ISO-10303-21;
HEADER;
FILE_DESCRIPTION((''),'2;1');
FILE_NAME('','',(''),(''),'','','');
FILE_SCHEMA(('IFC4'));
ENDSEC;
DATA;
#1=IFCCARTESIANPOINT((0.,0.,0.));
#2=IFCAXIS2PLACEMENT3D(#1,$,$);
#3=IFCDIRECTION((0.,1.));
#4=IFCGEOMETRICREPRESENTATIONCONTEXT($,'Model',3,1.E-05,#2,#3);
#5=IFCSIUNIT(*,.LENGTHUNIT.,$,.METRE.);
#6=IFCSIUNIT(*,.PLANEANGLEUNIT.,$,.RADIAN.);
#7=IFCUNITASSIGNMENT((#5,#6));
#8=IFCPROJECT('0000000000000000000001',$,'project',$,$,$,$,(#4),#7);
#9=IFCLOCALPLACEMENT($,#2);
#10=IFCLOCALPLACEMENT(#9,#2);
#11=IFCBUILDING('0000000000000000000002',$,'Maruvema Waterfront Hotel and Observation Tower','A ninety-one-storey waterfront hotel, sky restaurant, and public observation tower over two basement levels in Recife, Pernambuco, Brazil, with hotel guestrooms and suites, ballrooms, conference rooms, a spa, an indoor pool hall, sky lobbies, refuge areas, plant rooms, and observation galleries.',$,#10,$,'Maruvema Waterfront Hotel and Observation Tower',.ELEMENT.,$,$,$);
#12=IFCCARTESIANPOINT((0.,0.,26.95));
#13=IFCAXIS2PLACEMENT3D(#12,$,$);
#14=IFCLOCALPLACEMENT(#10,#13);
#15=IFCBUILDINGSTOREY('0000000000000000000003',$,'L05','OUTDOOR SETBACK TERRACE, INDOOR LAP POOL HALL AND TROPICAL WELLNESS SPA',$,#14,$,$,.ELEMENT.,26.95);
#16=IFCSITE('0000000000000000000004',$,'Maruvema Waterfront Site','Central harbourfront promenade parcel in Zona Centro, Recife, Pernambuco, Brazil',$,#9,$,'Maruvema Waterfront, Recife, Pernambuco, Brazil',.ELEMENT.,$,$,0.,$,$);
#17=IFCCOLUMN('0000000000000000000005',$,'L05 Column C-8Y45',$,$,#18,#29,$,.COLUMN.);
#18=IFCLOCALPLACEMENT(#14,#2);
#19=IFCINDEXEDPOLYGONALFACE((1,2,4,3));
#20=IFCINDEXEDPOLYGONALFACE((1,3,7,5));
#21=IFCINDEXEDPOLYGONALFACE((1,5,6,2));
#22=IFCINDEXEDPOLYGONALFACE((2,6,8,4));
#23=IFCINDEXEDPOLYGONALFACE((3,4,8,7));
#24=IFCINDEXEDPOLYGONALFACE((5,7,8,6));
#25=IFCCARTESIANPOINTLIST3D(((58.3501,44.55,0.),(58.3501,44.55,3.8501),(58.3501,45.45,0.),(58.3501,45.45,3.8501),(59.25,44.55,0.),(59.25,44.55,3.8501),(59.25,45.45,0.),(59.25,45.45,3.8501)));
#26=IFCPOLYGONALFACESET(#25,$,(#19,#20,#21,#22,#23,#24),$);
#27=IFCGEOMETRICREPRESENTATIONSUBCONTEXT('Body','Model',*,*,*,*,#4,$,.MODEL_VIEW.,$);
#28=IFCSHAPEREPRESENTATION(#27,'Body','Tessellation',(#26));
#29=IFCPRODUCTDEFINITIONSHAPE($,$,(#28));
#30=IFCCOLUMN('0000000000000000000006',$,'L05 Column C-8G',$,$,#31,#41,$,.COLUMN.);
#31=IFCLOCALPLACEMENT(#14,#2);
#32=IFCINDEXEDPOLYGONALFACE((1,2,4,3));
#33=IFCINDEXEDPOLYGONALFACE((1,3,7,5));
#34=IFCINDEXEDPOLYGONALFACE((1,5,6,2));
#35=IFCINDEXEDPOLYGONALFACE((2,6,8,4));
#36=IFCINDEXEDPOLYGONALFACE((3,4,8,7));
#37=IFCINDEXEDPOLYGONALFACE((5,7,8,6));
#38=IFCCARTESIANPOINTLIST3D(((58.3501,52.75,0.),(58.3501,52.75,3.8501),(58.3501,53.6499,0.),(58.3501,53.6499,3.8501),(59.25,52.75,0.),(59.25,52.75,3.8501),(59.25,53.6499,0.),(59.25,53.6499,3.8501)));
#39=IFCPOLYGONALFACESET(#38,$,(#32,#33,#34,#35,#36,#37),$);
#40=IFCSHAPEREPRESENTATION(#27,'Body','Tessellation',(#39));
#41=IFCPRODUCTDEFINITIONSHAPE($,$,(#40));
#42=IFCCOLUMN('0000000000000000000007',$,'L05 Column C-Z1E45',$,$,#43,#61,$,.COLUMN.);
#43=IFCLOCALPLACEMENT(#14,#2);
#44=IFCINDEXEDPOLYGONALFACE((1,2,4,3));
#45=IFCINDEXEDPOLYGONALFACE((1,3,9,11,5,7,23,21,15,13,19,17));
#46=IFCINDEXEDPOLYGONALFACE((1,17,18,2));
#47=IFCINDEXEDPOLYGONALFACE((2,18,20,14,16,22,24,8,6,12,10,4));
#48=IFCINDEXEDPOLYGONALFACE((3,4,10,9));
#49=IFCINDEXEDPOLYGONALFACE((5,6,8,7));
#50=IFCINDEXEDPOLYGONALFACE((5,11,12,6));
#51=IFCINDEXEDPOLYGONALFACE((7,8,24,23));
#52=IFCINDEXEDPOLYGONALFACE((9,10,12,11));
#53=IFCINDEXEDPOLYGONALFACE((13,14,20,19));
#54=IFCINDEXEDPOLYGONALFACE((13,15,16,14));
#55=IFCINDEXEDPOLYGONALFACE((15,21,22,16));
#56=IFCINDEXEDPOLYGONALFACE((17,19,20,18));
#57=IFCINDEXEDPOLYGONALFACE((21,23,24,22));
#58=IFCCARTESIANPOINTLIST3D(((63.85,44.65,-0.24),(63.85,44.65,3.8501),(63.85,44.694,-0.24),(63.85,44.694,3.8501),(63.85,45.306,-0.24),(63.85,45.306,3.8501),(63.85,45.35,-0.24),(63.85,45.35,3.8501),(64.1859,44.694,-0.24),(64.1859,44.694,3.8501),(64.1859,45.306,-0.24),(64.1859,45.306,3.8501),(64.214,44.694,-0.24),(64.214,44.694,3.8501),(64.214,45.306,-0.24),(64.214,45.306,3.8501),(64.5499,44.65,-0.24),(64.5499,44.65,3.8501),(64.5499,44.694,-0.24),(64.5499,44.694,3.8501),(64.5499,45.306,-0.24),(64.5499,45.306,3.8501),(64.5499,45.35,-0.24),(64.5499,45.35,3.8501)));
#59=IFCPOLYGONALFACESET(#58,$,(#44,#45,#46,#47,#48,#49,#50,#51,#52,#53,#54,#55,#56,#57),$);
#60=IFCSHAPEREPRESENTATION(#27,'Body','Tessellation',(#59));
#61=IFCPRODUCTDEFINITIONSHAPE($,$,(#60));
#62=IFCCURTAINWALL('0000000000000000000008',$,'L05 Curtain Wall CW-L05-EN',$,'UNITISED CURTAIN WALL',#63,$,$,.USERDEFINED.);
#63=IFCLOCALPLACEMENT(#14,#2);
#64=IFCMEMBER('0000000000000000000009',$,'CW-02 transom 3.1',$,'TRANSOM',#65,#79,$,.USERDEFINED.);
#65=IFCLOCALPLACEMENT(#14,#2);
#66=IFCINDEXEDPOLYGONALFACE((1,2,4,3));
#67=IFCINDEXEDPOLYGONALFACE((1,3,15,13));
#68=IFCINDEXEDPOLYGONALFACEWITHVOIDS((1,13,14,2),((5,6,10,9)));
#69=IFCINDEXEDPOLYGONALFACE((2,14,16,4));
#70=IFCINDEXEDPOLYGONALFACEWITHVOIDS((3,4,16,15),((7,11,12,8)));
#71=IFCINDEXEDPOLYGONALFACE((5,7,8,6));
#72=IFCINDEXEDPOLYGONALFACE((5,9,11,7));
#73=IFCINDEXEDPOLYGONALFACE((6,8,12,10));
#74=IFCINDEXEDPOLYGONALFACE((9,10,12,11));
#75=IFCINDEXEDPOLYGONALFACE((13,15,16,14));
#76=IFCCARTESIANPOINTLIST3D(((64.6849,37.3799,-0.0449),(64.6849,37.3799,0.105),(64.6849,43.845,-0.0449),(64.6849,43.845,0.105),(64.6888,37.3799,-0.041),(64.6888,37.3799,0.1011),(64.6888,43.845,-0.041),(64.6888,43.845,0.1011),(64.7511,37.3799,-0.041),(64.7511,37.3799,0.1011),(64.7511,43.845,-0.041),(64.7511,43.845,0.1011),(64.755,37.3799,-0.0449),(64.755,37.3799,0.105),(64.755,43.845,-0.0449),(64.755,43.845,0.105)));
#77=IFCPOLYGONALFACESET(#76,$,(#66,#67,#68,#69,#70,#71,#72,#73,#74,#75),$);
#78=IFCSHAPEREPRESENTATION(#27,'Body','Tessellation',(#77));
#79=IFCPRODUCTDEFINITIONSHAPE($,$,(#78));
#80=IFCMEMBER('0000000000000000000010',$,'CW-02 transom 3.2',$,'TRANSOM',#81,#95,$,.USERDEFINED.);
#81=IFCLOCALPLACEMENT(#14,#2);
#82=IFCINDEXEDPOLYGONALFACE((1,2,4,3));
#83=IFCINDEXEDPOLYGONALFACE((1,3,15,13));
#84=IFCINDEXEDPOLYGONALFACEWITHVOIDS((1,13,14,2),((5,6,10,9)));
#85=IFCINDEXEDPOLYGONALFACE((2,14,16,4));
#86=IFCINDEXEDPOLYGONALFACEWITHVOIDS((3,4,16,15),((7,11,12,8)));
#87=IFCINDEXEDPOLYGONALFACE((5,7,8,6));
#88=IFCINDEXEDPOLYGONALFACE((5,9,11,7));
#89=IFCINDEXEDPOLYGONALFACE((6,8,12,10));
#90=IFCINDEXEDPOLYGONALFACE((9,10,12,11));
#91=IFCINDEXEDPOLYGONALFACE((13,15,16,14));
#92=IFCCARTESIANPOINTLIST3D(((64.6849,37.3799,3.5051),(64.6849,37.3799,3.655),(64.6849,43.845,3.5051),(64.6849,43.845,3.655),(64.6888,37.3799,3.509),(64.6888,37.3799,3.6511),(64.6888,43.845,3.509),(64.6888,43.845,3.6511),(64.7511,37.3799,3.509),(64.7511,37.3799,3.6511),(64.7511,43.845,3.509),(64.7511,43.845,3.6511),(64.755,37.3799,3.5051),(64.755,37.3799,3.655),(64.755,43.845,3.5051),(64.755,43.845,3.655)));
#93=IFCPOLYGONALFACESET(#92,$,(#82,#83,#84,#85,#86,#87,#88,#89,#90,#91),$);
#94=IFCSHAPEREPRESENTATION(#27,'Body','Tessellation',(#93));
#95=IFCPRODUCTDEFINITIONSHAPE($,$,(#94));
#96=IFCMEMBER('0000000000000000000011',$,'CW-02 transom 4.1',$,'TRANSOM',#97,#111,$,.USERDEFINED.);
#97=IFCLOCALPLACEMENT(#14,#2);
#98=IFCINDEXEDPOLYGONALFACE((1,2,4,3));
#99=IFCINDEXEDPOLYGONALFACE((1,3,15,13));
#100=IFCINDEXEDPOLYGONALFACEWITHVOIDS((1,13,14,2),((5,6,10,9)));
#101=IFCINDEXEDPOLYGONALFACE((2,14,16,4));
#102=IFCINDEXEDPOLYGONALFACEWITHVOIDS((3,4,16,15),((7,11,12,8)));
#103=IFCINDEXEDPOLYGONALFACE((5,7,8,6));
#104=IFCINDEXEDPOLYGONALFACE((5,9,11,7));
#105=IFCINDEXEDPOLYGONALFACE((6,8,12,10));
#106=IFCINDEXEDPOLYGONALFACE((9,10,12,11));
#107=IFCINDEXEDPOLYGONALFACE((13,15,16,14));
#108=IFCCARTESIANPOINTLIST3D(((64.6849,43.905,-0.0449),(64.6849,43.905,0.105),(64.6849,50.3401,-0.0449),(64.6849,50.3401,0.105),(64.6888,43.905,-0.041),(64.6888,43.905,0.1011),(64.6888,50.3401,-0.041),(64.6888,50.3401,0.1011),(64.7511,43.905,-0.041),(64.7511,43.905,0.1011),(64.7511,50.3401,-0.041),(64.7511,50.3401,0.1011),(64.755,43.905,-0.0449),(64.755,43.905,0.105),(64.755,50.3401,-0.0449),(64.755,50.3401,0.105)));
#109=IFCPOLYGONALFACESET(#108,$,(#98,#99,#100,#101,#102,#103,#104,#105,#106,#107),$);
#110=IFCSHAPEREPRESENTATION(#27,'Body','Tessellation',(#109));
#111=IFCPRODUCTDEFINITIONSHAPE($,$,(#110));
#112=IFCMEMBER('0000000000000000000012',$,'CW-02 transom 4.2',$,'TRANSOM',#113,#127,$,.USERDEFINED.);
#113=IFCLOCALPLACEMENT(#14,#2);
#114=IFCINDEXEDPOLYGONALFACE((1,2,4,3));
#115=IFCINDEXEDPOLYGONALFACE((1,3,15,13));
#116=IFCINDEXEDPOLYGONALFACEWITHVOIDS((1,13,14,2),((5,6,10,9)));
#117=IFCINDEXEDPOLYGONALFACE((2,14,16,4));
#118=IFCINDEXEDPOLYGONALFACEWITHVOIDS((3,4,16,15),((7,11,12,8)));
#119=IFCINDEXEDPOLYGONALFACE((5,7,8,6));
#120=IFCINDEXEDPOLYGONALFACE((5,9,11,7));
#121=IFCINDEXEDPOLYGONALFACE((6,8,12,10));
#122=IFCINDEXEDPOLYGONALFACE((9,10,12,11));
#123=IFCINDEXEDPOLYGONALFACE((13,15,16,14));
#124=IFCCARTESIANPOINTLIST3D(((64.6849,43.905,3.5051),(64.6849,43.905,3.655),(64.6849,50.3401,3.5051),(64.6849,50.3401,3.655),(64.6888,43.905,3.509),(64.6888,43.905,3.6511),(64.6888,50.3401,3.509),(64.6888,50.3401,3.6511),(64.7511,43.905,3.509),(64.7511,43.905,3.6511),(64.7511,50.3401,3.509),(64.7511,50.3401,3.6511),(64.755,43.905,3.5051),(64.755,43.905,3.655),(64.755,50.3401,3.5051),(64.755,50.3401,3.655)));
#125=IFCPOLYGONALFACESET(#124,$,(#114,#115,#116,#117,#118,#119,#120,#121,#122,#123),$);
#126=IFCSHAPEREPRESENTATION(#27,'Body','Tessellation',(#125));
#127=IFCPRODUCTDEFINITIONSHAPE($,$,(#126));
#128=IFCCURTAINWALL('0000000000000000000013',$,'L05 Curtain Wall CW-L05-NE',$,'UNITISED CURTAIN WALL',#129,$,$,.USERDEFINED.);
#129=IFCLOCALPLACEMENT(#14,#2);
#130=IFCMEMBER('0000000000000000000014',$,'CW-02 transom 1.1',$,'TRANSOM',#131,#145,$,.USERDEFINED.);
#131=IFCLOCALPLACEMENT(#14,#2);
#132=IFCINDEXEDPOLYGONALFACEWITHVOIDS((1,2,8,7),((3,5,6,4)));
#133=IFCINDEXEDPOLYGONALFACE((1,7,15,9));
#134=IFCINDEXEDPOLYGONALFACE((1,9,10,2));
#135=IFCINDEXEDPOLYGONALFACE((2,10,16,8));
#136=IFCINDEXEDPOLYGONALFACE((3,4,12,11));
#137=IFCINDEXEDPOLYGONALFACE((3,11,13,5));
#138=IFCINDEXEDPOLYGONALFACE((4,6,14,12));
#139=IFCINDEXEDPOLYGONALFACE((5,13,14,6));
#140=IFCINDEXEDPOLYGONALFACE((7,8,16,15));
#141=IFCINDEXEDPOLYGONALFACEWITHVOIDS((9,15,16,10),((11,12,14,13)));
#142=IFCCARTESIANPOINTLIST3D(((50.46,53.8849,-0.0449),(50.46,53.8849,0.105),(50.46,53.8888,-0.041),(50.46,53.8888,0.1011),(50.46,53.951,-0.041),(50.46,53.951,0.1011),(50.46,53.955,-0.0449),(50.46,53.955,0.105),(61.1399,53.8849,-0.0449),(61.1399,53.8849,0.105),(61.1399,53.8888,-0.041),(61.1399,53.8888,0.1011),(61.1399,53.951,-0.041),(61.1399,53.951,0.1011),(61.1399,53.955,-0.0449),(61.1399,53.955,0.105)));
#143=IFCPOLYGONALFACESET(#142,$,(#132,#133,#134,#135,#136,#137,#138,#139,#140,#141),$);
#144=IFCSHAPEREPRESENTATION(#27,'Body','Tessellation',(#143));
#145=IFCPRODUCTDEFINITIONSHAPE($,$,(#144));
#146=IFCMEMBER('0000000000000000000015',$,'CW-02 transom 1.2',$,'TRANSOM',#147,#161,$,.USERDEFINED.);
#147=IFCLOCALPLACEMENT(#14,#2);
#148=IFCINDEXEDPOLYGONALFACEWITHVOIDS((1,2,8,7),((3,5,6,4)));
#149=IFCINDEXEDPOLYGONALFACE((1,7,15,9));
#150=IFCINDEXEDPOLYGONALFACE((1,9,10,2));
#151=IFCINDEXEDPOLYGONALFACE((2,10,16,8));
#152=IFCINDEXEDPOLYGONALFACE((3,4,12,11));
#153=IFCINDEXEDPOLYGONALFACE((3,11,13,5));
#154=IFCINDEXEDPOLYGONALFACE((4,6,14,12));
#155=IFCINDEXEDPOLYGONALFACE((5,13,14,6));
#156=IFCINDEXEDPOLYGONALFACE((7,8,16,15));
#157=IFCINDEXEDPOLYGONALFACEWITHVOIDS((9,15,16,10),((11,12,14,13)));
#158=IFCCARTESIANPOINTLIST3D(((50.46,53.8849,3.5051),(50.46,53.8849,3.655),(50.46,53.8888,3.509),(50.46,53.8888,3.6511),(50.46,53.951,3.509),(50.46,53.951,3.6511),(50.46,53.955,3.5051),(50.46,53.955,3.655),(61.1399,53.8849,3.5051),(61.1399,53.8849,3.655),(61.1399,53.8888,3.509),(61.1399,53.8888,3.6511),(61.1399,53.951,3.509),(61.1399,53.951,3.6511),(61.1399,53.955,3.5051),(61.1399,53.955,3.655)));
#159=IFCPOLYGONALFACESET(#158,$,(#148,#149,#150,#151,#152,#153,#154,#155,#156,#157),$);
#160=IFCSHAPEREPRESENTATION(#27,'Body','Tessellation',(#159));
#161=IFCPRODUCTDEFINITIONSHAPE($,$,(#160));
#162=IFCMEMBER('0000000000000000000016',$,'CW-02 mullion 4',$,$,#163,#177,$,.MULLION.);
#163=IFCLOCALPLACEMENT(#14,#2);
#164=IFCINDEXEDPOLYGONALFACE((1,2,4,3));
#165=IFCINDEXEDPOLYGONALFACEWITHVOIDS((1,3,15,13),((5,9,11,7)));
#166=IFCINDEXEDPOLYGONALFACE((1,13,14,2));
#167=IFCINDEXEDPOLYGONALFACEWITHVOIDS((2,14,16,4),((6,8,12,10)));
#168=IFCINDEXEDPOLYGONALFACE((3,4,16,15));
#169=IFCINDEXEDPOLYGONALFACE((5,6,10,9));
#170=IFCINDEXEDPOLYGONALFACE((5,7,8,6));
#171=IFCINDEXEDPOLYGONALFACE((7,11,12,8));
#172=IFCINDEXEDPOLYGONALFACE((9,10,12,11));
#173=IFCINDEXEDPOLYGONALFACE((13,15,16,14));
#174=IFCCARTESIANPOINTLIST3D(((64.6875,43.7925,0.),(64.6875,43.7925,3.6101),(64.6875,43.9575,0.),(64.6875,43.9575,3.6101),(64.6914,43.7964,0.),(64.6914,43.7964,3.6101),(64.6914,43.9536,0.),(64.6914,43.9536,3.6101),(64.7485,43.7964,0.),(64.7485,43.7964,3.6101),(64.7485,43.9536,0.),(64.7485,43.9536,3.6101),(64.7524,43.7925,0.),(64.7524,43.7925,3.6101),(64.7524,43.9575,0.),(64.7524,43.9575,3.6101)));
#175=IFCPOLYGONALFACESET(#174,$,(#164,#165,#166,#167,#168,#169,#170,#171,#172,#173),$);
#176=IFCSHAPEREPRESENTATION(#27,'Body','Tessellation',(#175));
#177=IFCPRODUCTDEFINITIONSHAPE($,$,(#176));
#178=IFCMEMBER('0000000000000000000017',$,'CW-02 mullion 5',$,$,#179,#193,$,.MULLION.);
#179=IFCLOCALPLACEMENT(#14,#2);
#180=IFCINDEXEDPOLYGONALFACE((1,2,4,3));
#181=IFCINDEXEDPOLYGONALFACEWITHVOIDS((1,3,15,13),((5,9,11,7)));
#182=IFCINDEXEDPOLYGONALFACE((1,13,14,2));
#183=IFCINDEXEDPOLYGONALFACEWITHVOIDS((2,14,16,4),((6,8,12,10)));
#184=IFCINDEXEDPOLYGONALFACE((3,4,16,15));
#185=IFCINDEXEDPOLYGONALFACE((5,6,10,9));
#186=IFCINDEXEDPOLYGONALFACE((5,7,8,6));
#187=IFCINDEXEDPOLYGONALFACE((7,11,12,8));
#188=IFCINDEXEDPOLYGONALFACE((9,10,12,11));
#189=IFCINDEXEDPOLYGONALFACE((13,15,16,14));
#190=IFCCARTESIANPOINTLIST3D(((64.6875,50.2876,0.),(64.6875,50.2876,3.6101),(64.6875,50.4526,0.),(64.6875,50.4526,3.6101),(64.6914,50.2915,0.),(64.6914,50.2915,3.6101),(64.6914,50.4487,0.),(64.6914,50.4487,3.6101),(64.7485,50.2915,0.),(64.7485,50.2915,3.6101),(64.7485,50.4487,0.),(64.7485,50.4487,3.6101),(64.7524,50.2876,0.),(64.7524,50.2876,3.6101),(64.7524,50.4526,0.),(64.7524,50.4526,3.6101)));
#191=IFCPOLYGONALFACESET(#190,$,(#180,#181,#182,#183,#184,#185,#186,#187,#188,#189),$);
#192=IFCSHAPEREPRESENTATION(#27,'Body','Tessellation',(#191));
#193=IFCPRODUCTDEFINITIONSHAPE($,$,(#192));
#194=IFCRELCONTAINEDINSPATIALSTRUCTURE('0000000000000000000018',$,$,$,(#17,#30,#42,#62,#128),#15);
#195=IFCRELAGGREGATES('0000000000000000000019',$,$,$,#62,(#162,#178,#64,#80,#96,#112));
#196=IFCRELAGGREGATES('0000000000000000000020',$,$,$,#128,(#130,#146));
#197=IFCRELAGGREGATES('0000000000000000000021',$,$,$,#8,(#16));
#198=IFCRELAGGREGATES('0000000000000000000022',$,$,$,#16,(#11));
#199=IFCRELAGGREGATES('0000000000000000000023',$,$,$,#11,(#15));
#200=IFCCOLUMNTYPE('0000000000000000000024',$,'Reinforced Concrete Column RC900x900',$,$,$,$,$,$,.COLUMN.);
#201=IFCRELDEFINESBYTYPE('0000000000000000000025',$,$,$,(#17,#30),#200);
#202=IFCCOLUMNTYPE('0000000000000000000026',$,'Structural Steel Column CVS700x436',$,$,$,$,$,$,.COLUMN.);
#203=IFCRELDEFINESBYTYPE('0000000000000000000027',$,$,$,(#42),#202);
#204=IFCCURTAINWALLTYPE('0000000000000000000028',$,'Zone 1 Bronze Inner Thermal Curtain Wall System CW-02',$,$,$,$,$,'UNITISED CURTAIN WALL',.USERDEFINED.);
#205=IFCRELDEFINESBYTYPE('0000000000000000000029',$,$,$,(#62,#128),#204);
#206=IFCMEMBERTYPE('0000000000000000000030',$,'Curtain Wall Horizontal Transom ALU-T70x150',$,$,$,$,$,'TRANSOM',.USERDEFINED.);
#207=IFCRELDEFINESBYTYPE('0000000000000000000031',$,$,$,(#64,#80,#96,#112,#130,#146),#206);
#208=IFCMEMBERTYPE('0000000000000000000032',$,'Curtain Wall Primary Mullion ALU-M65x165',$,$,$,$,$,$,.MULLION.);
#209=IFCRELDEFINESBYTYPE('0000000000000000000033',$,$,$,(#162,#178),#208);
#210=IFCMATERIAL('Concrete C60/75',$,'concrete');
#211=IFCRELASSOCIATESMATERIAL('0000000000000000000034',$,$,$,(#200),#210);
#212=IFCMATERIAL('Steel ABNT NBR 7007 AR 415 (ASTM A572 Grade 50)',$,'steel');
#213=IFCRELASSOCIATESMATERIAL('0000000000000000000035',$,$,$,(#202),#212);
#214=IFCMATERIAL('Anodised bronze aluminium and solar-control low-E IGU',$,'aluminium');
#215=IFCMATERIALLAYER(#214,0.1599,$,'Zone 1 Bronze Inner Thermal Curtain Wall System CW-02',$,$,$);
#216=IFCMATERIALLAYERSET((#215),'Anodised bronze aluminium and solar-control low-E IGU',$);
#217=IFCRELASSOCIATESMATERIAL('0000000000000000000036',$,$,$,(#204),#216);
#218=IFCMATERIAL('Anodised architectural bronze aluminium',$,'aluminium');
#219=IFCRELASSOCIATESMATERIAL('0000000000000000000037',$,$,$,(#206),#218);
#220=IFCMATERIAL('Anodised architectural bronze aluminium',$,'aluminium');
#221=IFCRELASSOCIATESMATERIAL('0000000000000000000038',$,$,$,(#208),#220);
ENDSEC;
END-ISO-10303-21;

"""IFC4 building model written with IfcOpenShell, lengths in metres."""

from ifc_helpers import new_model, si_unit, direction, frame, origin, origin_2d, place, context, subcontext, project, spatial, rectangle, hollow_rectangle, i_section, extrude, material, layer, layer_set, material_profile, profile_set, type_object, element, aggregate, save


model = new_model("IFC4")

# Units and contexts
model_context = context("Model", 3, precision=1e-05, world=origin(), true_north=direction((0.0, 1.0)))
body_context = subcontext(model_context, "Body", "Model", "MODEL_VIEW")
ifc_project = project(units=[si_unit("LENGTHUNIT", "METRE"), si_unit("PLANEANGLEUNIT", "RADIAN")], contexts=[model_context])

# Site, building, storey
site_placement = place(None, origin())
site = spatial("IfcSite", under=ifc_project, at=site_placement, Name="Maruvema Waterfront Site", Description="Central harbourfront promenade parcel in Zona Centro, Recife, Pernambuco, Brazil", LongName="Maruvema Waterfront, Recife, Pernambuco, Brazil", CompositionType="ELEMENT", RefElevation=0.0)
building_placement = place(site_placement, origin())
building = spatial("IfcBuilding", under=site, at=building_placement, Name="Maruvema Waterfront Hotel and Observation Tower", Description="A ninety-one-storey waterfront hotel, sky restaurant, and public observation tower over two basement levels in Recife, Pernambuco, Brazil, with hotel guestrooms and suites, ballrooms, conference rooms, a spa, an indoor pool hall, sky lobbies, refuge areas, plant rooms, and observation galleries.", LongName="Maruvema Waterfront Hotel and Observation Tower", CompositionType="ELEMENT")
storey_placement = place(building_placement, frame((0.0, 0.0, 26.95)))
storey = spatial("IfcBuildingStorey", under=building, at=storey_placement, Name="L05", Description="OUTDOOR SETBACK TERRACE, INDOOR LAP POOL HALL AND TROPICAL WELLNESS SPA", CompositionType="ELEMENT", Elevation=26.95)

# Columns
ifc_material_1 = material(Name="Concrete C60/75", Category="concrete")
ifc_material_profile_1 = material_profile(ifc_material_1, rectangle(XDim=0.8999, YDim=0.8999, at=origin_2d()), Name="RC900x900")
ifc_profile_set_1 = profile_set([ifc_material_profile_1], Name="Concrete C60/75")
column_type_1 = type_object("IfcColumnType", Name="Reinforced Concrete Column RC900x900", PredefinedType="COLUMN", material=ifc_profile_set_1)
for number, where, z_axis, x_axis, name in (
    (1, (58.8, 45.0, 0.0), (0.0, 0.0, 1.0), (1.0, 0.0, 0.0), "L05 Column C-8Y45"),
    (2, (58.8, 53.2, 0.0), (0.0, 0.0, 1.0), (1.0, 0.0, 0.0), "L05 Column C-8G"),
):
    element("IfcColumn", number, at=place(storey_placement, frame(where, z_axis=z_axis, x_axis=x_axis)), inside=storey, type_object=column_type_1, Name=name, PredefinedType="COLUMN", context=body_context, shape_type="SweptSolid", body=[
        extrude(rectangle(XDim=0.8999, YDim=0.8999, at=origin_2d()), origin(), (0.0, 0.0, 1.0), 3.8501),
    ])
ifc_material_2 = material(Name="Steel ABNT NBR 7007 AR 415 (ASTM A572 Grade 50)", Category="steel")
ifc_material_profile_2 = material_profile(ifc_material_2, i_section(OverallWidth=0.7, OverallDepth=0.7, WebThickness=0.0281, FlangeThickness=0.0439, at=origin_2d()), Name="CVS700x436")
ifc_profile_set_2 = profile_set([ifc_material_profile_2], Name="Steel ABNT NBR 7007 AR 415 (ASTM A572 Grade 50)")
column_type_2 = type_object("IfcColumnType", Name="Structural Steel Column CVS700x436", PredefinedType="COLUMN", material=ifc_profile_set_2)
column_placement = place(storey_placement, frame((64.2, 45.0, -0.24), z_axis=(0.0, 0.0, 1.0), x_axis=(1.0, 0.0, 0.0)))
element("IfcColumn", 3, at=column_placement, inside=storey, type_object=column_type_2, Name="L05 Column C-Z1E45", PredefinedType="COLUMN", context=body_context, shape_type="SweptSolid", body=[
    extrude(i_section(OverallWidth=0.7, OverallDepth=0.7, WebThickness=0.0281, FlangeThickness=0.0439, at=origin_2d()), origin(), (0.0, 0.0, 1.0), 4.0901),
])

# Curtain walls, members
ifc_material_3 = material(Name="Anodised bronze aluminium and solar-control low-E IGU", Category="aluminium")
ifc_layer_1 = layer(ifc_material_3, 0.1599, Name="Zone 1 Bronze Inner Thermal Curtain Wall System CW-02")
ifc_layer_set_1 = layer_set([ifc_layer_1], Name="Anodised bronze aluminium and solar-control low-E IGU")
curtain_wall_type = type_object("IfcCurtainWallType", Name="Zone 1 Bronze Inner Thermal Curtain Wall System CW-02", ElementType="UNITISED CURTAIN WALL", PredefinedType="USERDEFINED", material=ifc_layer_set_1)
curtain_wall_1_placement = place(storey_placement, origin())
curtain_wall_1 = element("IfcCurtainWall", 4, at=curtain_wall_1_placement, inside=storey, type_object=curtain_wall_type, Name="L05 Curtain Wall CW-L05-EN", ObjectType="UNITISED CURTAIN WALL", PredefinedType="USERDEFINED")
ifc_material_4 = material(Name="Anodised architectural bronze aluminium", Category="aluminium")
ifc_material_profile_3 = material_profile(ifc_material_4, hollow_rectangle(XDim=0.0701, YDim=0.1499, WallThickness=0.0039, at=origin_2d()), Name="ALU-T70x150")
ifc_profile_set_3 = profile_set([ifc_material_profile_3], Name="Anodised architectural bronze aluminium")
member_type_1 = type_object("IfcMemberType", Name="Curtain Wall Horizontal Transom ALU-T70x150", ElementType="TRANSOM", PredefinedType="USERDEFINED", material=ifc_profile_set_3)
member_1_placement = place(storey_placement, frame((64.72, 37.3799, 0.03), z_axis=(0.0, 1.0, 0.0), x_axis=(-1.0, 0.0, 0.0)))
member_1 = element("IfcMember", 5, at=member_1_placement, type_object=member_type_1, Name="CW-02 transom 3.1", ObjectType="TRANSOM", PredefinedType="USERDEFINED", context=body_context, shape_type="SweptSolid", body=[
    extrude(hollow_rectangle(XDim=0.0701, YDim=0.1499, WallThickness=0.0039, at=origin_2d()), origin(), (0.0, 0.0, 1.0), 6.4651),
])
member_2_placement = place(storey_placement, frame((64.72, 37.3799, 3.5801), z_axis=(0.0, 1.0, 0.0), x_axis=(-1.0, 0.0, 0.0)))
member_2 = element("IfcMember", 6, at=member_2_placement, type_object=member_type_1, Name="CW-02 transom 3.2", ObjectType="TRANSOM", PredefinedType="USERDEFINED", context=body_context, shape_type="SweptSolid", body=[
    extrude(hollow_rectangle(XDim=0.0701, YDim=0.1499, WallThickness=0.0039, at=origin_2d()), origin(), (0.0, 0.0, 1.0), 6.4651),
])
member_3_placement = place(storey_placement, frame((64.72, 43.905, 0.03), z_axis=(0.0, 1.0, 0.0), x_axis=(-1.0, 0.0, 0.0)))
member_3 = element("IfcMember", 7, at=member_3_placement, type_object=member_type_1, Name="CW-02 transom 4.1", ObjectType="TRANSOM", PredefinedType="USERDEFINED", context=body_context, shape_type="SweptSolid", body=[
    extrude(hollow_rectangle(XDim=0.0701, YDim=0.1499, WallThickness=0.0039, at=origin_2d()), origin(), (0.0, 0.0, 1.0), 6.4351),
])
member_4_placement = place(storey_placement, frame((64.72, 43.905, 3.5801), z_axis=(0.0, 1.0, 0.0), x_axis=(-1.0, 0.0, 0.0)))
member_4 = element("IfcMember", 8, at=member_4_placement, type_object=member_type_1, Name="CW-02 transom 4.2", ObjectType="TRANSOM", PredefinedType="USERDEFINED", context=body_context, shape_type="SweptSolid", body=[
    extrude(hollow_rectangle(XDim=0.0701, YDim=0.1499, WallThickness=0.0039, at=origin_2d()), origin(), (0.0, 0.0, 1.0), 6.4351),
])
curtain_wall_2_placement = place(storey_placement, origin())
curtain_wall_2 = element("IfcCurtainWall", 9, at=curtain_wall_2_placement, inside=storey, type_object=curtain_wall_type, Name="L05 Curtain Wall CW-L05-NE", ObjectType="UNITISED CURTAIN WALL", PredefinedType="USERDEFINED")
member_5_placement = place(storey_placement, frame((61.1399, 53.9199, 0.03), z_axis=(-1.0, 0.0, 0.0), x_axis=(0.0, -1.0, 0.0)))
member_5 = element("IfcMember", 10, at=member_5_placement, type_object=member_type_1, Name="CW-02 transom 1.1", ObjectType="TRANSOM", PredefinedType="USERDEFINED", context=body_context, shape_type="SweptSolid", body=[
    extrude(hollow_rectangle(XDim=0.0701, YDim=0.1499, WallThickness=0.0039, at=origin_2d()), origin(), (0.0, 0.0, 1.0), 10.6799),
])
member_6_placement = place(storey_placement, frame((61.1399, 53.9199, 3.5801), z_axis=(-1.0, 0.0, 0.0), x_axis=(0.0, -1.0, 0.0)))
member_6 = element("IfcMember", 11, at=member_6_placement, type_object=member_type_1, Name="CW-02 transom 1.2", ObjectType="TRANSOM", PredefinedType="USERDEFINED", context=body_context, shape_type="SweptSolid", body=[
    extrude(hollow_rectangle(XDim=0.0701, YDim=0.1499, WallThickness=0.0039, at=origin_2d()), origin(), (0.0, 0.0, 1.0), 10.6799),
])

# Members
ifc_material_5 = material(Name="Anodised architectural bronze aluminium", Category="aluminium")
ifc_material_profile_4 = material_profile(ifc_material_5, hollow_rectangle(XDim=0.0649, YDim=0.165, WallThickness=0.0039, at=origin_2d()), Name="ALU-M65x165")
ifc_profile_set_4 = profile_set([ifc_material_profile_4], Name="Anodised architectural bronze aluminium")
member_type_2 = type_object("IfcMemberType", Name="Curtain Wall Primary Mullion ALU-M65x165", PredefinedType="MULLION", material=ifc_profile_set_4)
member_7_placement = place(storey_placement, frame((64.72, 43.875, 0.0), z_axis=(0.0, 0.0, 1.0), x_axis=(-1.0, 0.0, 0.0)))
member_7 = element("IfcMember", 12, at=member_7_placement, type_object=member_type_2, Name="CW-02 mullion 4", PredefinedType="MULLION", context=body_context, shape_type="SweptSolid", body=[
    extrude(hollow_rectangle(XDim=0.0649, YDim=0.165, WallThickness=0.0039, at=origin_2d()), origin(), (0.0, 0.0, 1.0), 3.6101),
])
member_8_placement = place(storey_placement, frame((64.72, 50.3701, 0.0), z_axis=(0.0, 0.0, 1.0), x_axis=(-1.0, 0.0, 0.0)))
member_8 = element("IfcMember", 13, at=member_8_placement, type_object=member_type_2, Name="CW-02 mullion 5", PredefinedType="MULLION", context=body_context, shape_type="SweptSolid", body=[
    extrude(hollow_rectangle(XDim=0.0649, YDim=0.165, WallThickness=0.0039, at=origin_2d()), origin(), (0.0, 0.0, 1.0), 3.6101),
])

aggregate(curtain_wall_1, [member_7, member_8, member_1, member_2, member_3, member_4])
aggregate(curtain_wall_2, [member_5, member_6])

save(model, "model.ifc")
